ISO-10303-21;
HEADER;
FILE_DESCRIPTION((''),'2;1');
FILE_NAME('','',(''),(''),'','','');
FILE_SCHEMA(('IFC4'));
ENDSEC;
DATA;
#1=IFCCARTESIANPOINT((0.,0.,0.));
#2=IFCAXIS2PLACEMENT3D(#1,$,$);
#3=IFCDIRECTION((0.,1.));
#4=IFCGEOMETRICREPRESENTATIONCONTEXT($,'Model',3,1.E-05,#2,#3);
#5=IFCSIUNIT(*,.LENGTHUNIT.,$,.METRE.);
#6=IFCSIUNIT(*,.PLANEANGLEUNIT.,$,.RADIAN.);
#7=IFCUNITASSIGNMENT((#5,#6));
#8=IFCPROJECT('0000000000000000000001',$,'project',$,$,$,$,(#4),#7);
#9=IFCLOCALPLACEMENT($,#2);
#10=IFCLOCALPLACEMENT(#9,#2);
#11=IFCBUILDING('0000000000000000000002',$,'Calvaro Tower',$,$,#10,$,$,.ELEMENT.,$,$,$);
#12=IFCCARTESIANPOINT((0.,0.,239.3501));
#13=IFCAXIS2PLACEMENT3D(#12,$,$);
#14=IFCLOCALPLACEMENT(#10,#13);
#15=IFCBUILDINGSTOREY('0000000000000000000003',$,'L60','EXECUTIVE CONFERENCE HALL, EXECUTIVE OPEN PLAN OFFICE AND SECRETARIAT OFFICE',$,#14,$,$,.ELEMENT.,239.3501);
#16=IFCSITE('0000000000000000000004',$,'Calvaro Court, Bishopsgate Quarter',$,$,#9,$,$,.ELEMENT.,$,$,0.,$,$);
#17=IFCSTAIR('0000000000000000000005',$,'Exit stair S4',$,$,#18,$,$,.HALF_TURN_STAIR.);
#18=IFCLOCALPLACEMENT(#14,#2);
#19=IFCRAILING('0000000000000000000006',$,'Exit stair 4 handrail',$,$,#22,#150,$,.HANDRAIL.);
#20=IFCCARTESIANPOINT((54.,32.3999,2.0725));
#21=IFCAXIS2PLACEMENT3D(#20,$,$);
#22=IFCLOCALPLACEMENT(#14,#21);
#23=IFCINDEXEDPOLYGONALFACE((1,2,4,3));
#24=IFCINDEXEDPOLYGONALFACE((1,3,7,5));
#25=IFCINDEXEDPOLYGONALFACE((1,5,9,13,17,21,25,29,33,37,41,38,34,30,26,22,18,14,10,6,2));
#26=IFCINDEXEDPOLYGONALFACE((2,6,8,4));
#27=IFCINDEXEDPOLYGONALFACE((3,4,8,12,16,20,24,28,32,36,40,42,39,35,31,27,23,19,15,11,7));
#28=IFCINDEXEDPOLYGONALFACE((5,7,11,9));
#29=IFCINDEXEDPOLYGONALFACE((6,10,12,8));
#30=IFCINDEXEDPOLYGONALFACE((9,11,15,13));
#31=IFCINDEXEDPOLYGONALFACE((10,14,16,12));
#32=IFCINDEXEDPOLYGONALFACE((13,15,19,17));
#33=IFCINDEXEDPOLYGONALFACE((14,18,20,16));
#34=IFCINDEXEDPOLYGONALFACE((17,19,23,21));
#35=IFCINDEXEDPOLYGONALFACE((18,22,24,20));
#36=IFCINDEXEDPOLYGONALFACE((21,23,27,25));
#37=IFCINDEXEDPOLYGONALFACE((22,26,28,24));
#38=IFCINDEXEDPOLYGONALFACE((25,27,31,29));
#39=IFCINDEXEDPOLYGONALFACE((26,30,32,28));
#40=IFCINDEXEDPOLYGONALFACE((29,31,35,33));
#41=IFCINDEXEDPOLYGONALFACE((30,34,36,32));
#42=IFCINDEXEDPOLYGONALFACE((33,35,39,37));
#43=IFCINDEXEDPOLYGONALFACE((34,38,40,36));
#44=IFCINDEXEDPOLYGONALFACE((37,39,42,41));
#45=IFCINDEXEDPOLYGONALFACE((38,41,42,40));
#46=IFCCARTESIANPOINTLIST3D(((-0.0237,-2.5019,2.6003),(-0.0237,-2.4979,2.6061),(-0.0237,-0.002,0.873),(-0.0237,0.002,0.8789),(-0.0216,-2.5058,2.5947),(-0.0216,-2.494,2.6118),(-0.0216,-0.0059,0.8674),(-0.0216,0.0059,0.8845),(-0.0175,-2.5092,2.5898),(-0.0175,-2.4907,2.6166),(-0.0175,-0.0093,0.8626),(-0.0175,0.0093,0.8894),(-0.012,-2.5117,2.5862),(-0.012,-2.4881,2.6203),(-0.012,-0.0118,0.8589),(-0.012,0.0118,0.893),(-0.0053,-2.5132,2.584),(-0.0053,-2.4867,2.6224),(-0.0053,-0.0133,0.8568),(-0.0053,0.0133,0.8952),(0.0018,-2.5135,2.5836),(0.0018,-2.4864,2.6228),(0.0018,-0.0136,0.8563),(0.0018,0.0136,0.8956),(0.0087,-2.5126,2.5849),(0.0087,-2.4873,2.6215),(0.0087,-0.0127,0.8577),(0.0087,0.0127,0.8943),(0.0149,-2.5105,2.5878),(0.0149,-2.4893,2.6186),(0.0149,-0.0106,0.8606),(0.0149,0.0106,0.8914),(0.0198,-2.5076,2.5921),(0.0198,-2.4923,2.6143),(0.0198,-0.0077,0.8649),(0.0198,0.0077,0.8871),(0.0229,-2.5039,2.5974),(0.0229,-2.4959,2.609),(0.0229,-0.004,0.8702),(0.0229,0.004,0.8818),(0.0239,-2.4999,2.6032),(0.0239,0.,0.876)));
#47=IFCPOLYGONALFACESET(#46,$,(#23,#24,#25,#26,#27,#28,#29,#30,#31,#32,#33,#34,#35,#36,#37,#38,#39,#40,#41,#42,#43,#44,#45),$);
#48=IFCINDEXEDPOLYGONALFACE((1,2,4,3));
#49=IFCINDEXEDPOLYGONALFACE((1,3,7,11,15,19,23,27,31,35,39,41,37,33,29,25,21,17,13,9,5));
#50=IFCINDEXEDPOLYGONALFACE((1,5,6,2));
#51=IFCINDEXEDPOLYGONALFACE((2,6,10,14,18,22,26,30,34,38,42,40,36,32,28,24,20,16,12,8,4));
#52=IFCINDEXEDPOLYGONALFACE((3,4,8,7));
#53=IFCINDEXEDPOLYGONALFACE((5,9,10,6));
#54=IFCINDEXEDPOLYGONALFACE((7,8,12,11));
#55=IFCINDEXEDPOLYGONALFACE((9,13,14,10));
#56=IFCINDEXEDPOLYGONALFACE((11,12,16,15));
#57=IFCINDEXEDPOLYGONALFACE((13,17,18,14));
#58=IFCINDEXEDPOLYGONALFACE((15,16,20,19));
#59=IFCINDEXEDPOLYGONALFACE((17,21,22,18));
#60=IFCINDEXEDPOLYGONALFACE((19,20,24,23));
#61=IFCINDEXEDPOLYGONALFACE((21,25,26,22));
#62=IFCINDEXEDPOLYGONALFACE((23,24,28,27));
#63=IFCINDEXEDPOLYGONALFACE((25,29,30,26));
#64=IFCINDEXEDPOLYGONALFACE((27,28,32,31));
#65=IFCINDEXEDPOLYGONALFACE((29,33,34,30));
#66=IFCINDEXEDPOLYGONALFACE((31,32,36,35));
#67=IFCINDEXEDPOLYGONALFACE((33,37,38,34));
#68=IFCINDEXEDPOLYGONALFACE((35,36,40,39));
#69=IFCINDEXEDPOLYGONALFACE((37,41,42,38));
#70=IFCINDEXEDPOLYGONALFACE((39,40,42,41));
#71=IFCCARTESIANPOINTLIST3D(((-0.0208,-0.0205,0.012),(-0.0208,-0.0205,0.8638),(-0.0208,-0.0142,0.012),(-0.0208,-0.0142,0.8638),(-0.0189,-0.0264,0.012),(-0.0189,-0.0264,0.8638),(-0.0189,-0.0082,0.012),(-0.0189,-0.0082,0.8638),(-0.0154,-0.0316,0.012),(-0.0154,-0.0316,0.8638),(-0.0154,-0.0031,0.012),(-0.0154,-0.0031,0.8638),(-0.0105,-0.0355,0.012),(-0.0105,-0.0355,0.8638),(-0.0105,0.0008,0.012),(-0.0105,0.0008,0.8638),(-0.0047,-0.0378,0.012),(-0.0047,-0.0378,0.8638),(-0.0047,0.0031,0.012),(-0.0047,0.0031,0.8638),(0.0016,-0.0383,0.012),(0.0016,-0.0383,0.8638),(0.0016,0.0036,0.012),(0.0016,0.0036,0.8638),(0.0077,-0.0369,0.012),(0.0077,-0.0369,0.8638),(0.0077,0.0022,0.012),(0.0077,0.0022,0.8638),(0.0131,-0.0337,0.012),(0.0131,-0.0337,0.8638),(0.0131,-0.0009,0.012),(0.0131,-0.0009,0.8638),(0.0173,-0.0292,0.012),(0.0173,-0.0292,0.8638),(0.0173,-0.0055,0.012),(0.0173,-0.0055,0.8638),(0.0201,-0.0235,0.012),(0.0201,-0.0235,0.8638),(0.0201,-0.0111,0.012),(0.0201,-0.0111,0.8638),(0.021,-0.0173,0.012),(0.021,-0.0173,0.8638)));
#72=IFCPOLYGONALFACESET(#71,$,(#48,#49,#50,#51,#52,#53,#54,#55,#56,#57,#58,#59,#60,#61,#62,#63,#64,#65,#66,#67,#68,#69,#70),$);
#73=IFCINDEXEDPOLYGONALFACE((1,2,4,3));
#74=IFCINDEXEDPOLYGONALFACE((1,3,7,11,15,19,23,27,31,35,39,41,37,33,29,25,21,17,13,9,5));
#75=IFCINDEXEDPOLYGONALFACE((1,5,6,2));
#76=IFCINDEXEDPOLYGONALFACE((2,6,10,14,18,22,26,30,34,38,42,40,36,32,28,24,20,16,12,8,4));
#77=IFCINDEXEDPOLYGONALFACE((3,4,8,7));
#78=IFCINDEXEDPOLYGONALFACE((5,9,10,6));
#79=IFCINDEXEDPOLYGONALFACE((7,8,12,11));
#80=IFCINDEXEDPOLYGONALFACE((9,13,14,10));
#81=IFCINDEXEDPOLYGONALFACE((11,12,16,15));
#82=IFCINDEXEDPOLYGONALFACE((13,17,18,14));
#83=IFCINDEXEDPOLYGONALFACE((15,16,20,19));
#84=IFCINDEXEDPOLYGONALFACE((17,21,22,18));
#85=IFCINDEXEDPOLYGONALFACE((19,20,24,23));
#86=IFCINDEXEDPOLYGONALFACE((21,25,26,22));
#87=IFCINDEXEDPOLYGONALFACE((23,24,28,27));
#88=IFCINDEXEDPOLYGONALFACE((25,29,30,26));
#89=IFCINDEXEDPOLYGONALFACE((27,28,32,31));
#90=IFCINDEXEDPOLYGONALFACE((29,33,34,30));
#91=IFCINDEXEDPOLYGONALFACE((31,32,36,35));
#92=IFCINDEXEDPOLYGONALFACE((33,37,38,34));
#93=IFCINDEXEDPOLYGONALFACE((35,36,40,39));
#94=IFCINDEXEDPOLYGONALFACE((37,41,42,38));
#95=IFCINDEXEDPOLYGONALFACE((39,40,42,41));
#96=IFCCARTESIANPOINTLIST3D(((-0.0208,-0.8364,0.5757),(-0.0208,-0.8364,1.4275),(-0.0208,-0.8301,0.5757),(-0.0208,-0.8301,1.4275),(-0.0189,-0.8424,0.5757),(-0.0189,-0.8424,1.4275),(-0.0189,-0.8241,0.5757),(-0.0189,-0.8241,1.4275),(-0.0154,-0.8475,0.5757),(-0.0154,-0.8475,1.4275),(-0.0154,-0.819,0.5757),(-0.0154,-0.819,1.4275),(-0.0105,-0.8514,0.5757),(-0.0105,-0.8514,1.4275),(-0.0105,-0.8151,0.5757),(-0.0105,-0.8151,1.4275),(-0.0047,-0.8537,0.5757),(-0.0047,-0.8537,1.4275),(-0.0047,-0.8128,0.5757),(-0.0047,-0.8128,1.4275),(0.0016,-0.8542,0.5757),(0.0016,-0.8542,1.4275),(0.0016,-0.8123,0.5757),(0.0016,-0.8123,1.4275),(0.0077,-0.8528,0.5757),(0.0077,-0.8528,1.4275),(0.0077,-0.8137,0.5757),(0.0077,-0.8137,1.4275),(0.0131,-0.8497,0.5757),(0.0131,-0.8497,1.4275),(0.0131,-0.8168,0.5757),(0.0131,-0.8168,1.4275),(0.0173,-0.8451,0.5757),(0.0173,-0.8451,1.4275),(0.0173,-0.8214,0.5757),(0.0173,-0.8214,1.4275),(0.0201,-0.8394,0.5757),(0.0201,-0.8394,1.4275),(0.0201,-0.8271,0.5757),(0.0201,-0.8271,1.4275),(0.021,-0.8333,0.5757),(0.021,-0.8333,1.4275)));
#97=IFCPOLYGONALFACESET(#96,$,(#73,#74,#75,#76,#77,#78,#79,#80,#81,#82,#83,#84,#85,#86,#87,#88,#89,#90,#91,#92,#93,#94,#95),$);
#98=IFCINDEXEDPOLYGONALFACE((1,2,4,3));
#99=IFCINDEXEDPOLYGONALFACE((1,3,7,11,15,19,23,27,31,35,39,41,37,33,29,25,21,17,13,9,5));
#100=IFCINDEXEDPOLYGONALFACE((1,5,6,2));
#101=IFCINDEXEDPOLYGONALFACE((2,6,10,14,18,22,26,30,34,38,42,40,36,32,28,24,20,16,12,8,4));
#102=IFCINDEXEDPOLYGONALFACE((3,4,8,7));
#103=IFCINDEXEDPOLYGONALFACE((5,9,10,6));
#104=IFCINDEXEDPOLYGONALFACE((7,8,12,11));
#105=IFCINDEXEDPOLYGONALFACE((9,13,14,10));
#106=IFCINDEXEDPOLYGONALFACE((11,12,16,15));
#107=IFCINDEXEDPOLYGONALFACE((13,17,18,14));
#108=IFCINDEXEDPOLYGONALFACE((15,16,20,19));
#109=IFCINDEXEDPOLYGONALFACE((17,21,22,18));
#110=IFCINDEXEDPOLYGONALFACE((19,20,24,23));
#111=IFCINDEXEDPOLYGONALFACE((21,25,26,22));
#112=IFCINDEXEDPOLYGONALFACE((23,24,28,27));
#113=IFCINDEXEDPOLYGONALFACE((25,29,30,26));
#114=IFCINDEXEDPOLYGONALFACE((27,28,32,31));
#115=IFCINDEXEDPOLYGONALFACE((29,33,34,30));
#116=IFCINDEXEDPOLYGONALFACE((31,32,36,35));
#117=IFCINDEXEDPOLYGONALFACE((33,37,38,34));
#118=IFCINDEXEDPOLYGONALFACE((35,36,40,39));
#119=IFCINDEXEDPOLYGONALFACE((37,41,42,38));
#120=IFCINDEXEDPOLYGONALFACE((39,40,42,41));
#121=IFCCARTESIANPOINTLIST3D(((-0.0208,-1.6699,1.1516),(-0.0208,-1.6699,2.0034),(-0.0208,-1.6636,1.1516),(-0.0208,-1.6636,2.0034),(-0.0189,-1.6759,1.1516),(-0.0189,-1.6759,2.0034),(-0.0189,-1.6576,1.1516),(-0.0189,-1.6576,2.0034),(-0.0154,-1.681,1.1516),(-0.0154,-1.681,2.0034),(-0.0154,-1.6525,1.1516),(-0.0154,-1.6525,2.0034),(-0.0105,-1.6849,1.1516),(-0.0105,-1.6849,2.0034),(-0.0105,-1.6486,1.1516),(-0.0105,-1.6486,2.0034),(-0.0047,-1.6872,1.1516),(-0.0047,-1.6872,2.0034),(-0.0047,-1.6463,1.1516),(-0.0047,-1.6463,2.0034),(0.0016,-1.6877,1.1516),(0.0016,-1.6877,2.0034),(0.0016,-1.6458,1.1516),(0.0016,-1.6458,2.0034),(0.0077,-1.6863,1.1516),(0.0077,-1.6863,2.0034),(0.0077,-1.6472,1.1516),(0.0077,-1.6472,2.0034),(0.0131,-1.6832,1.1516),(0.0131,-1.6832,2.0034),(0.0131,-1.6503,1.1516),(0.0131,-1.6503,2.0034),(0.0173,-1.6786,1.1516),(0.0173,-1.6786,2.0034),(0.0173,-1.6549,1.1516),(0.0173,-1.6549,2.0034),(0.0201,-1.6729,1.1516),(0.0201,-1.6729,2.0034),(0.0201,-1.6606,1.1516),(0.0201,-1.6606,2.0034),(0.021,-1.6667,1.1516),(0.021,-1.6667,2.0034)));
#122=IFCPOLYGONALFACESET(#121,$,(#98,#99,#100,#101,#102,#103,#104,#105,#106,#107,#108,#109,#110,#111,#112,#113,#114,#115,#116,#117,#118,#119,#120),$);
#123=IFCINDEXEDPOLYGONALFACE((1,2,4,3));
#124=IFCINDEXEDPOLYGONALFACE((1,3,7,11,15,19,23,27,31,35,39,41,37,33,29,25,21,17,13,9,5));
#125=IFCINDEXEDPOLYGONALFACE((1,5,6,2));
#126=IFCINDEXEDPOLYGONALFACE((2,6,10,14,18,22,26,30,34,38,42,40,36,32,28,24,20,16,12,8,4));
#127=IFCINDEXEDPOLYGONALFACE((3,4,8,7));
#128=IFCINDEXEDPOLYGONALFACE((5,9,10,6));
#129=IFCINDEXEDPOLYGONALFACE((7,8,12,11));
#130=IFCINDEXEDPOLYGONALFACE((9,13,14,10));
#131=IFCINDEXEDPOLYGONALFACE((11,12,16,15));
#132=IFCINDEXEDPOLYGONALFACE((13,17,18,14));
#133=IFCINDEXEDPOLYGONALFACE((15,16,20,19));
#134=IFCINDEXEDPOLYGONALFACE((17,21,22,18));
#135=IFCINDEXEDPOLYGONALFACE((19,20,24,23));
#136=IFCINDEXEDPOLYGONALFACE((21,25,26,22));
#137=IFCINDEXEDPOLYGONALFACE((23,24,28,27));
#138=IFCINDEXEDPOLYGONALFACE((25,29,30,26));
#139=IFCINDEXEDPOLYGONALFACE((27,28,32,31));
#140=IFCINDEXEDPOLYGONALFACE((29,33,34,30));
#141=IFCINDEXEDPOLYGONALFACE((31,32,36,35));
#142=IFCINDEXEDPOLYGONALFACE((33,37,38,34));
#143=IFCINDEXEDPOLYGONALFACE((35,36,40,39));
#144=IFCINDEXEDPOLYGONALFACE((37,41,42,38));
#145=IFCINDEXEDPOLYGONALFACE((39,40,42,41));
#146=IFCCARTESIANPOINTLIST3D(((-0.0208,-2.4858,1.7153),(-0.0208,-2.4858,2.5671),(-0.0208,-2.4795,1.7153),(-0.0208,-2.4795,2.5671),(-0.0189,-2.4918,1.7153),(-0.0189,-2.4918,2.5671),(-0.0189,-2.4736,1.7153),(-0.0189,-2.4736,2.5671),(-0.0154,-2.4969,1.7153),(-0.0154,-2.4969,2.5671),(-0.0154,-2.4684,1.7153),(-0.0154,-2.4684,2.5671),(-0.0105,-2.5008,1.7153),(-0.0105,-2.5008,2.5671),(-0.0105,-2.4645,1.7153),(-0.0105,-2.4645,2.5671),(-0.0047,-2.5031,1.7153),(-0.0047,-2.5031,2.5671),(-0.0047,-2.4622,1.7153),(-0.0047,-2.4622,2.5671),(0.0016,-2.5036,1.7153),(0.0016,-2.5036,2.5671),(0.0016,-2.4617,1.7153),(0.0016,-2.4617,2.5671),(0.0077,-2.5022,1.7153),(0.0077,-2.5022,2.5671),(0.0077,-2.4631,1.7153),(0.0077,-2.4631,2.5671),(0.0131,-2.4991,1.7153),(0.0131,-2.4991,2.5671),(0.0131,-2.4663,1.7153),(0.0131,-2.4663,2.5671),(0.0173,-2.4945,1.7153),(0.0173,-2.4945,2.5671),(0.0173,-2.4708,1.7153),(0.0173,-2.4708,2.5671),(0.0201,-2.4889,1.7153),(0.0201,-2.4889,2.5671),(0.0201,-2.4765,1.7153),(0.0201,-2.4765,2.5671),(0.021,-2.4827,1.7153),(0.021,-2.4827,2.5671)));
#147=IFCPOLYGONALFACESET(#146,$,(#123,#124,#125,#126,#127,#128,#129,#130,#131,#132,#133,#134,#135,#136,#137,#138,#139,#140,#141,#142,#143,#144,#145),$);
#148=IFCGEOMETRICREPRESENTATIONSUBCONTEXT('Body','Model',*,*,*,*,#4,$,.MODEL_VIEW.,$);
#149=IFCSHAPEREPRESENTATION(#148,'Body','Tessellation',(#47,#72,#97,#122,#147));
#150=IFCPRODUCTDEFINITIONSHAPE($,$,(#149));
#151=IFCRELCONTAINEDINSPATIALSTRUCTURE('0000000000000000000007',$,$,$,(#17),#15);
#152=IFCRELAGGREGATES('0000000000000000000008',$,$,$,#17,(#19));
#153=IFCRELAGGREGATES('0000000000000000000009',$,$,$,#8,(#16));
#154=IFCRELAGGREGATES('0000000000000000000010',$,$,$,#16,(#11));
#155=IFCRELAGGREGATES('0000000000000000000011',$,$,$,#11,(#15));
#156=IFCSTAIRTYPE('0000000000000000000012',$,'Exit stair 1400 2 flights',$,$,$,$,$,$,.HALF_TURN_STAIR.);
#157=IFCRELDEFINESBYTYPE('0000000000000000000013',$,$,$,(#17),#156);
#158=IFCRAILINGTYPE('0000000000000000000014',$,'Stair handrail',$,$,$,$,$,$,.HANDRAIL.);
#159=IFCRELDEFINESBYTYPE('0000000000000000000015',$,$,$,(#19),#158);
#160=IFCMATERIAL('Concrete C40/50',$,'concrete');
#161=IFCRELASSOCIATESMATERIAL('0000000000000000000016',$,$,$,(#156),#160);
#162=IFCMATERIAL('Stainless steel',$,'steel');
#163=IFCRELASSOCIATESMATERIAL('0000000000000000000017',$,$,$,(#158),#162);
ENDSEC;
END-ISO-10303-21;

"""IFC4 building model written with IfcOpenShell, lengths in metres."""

from ifc_helpers import new_model, si_unit, direction, frame, origin, origin_2d, place, context, subcontext, project, spatial, circle, extrude, material, type_object, element, aggregate, save


model = new_model("IFC4")

# Units and contexts
model_context = context("Model", 3, precision=1e-05, world=origin(), true_north=direction((0.0, 1.0)))
body_context = subcontext(model_context, "Body", "Model", "MODEL_VIEW")
ifc_project = project(units=[si_unit("LENGTHUNIT", "METRE"), si_unit("PLANEANGLEUNIT", "RADIAN")], contexts=[model_context])

# Site, building, storey
site_placement = place(None, origin())
site = spatial("IfcSite", under=ifc_project, at=site_placement, Name="Calvaro Court, Bishopsgate Quarter", CompositionType="ELEMENT", RefElevation=0.0)
building_placement = place(site_placement, origin())
building = spatial("IfcBuilding", under=site, at=building_placement, Name="Calvaro Tower", CompositionType="ELEMENT")
storey_placement = place(building_placement, frame((0.0, 0.0, 239.3501)))
storey = spatial("IfcBuildingStorey", under=building, at=storey_placement, Name="L60", Description="EXECUTIVE CONFERENCE HALL, EXECUTIVE OPEN PLAN OFFICE AND SECRETARIAT OFFICE", CompositionType="ELEMENT", Elevation=239.3501)

# Stair, railing
ifc_material_1 = material(Name="Concrete C40/50", Category="concrete")
stair_type = type_object("IfcStairType", Name="Exit stair 1400 2 flights", PredefinedType="HALF_TURN_STAIR", material=ifc_material_1)
stair_placement = place(storey_placement, origin())
stair = element("IfcStair", 1, at=stair_placement, inside=storey, type_object=stair_type, Name="Exit stair S4", PredefinedType="HALF_TURN_STAIR")
ifc_material_2 = material(Name="Stainless steel", Category="steel")
railing_type = type_object("IfcRailingType", Name="Stair handrail", PredefinedType="HANDRAIL", material=ifc_material_2)
railing_placement = place(storey_placement, frame((54.0, 32.3999, 2.0725)))
railing = element("IfcRailing", 2, at=railing_placement, type_object=railing_type, Name="Exit stair 4 handrail", PredefinedType="HANDRAIL", context=body_context, shape_type="SweptSolid", body=[
    extrude(circle(Radius=0.0239, at=origin_2d()), frame((0.0, 0.0, 0.876), z_axis=(0.0, -0.822727, 0.568437), x_axis=(1.0, 0.0, 0.0)), (0.0, 0.0, 1.0), 3.0386),
    extrude(circle(Radius=0.021, at=origin_2d()), frame((0.0, -0.0173, 0.012)), (0.0, 0.0, 1.0), 0.8518),
    extrude(circle(Radius=0.021, at=origin_2d()), frame((0.0, -0.8333, 0.5757)), (0.0, 0.0, 1.0), 0.8518),
    extrude(circle(Radius=0.021, at=origin_2d()), frame((0.0, -1.6667, 1.1516)), (0.0, 0.0, 1.0), 0.8518),
    extrude(circle(Radius=0.021, at=origin_2d()), frame((0.0, -2.4827, 1.7153)), (0.0, 0.0, 1.0), 0.8518),
])
aggregate(stair, [railing])

save(model, "model.ifc")
